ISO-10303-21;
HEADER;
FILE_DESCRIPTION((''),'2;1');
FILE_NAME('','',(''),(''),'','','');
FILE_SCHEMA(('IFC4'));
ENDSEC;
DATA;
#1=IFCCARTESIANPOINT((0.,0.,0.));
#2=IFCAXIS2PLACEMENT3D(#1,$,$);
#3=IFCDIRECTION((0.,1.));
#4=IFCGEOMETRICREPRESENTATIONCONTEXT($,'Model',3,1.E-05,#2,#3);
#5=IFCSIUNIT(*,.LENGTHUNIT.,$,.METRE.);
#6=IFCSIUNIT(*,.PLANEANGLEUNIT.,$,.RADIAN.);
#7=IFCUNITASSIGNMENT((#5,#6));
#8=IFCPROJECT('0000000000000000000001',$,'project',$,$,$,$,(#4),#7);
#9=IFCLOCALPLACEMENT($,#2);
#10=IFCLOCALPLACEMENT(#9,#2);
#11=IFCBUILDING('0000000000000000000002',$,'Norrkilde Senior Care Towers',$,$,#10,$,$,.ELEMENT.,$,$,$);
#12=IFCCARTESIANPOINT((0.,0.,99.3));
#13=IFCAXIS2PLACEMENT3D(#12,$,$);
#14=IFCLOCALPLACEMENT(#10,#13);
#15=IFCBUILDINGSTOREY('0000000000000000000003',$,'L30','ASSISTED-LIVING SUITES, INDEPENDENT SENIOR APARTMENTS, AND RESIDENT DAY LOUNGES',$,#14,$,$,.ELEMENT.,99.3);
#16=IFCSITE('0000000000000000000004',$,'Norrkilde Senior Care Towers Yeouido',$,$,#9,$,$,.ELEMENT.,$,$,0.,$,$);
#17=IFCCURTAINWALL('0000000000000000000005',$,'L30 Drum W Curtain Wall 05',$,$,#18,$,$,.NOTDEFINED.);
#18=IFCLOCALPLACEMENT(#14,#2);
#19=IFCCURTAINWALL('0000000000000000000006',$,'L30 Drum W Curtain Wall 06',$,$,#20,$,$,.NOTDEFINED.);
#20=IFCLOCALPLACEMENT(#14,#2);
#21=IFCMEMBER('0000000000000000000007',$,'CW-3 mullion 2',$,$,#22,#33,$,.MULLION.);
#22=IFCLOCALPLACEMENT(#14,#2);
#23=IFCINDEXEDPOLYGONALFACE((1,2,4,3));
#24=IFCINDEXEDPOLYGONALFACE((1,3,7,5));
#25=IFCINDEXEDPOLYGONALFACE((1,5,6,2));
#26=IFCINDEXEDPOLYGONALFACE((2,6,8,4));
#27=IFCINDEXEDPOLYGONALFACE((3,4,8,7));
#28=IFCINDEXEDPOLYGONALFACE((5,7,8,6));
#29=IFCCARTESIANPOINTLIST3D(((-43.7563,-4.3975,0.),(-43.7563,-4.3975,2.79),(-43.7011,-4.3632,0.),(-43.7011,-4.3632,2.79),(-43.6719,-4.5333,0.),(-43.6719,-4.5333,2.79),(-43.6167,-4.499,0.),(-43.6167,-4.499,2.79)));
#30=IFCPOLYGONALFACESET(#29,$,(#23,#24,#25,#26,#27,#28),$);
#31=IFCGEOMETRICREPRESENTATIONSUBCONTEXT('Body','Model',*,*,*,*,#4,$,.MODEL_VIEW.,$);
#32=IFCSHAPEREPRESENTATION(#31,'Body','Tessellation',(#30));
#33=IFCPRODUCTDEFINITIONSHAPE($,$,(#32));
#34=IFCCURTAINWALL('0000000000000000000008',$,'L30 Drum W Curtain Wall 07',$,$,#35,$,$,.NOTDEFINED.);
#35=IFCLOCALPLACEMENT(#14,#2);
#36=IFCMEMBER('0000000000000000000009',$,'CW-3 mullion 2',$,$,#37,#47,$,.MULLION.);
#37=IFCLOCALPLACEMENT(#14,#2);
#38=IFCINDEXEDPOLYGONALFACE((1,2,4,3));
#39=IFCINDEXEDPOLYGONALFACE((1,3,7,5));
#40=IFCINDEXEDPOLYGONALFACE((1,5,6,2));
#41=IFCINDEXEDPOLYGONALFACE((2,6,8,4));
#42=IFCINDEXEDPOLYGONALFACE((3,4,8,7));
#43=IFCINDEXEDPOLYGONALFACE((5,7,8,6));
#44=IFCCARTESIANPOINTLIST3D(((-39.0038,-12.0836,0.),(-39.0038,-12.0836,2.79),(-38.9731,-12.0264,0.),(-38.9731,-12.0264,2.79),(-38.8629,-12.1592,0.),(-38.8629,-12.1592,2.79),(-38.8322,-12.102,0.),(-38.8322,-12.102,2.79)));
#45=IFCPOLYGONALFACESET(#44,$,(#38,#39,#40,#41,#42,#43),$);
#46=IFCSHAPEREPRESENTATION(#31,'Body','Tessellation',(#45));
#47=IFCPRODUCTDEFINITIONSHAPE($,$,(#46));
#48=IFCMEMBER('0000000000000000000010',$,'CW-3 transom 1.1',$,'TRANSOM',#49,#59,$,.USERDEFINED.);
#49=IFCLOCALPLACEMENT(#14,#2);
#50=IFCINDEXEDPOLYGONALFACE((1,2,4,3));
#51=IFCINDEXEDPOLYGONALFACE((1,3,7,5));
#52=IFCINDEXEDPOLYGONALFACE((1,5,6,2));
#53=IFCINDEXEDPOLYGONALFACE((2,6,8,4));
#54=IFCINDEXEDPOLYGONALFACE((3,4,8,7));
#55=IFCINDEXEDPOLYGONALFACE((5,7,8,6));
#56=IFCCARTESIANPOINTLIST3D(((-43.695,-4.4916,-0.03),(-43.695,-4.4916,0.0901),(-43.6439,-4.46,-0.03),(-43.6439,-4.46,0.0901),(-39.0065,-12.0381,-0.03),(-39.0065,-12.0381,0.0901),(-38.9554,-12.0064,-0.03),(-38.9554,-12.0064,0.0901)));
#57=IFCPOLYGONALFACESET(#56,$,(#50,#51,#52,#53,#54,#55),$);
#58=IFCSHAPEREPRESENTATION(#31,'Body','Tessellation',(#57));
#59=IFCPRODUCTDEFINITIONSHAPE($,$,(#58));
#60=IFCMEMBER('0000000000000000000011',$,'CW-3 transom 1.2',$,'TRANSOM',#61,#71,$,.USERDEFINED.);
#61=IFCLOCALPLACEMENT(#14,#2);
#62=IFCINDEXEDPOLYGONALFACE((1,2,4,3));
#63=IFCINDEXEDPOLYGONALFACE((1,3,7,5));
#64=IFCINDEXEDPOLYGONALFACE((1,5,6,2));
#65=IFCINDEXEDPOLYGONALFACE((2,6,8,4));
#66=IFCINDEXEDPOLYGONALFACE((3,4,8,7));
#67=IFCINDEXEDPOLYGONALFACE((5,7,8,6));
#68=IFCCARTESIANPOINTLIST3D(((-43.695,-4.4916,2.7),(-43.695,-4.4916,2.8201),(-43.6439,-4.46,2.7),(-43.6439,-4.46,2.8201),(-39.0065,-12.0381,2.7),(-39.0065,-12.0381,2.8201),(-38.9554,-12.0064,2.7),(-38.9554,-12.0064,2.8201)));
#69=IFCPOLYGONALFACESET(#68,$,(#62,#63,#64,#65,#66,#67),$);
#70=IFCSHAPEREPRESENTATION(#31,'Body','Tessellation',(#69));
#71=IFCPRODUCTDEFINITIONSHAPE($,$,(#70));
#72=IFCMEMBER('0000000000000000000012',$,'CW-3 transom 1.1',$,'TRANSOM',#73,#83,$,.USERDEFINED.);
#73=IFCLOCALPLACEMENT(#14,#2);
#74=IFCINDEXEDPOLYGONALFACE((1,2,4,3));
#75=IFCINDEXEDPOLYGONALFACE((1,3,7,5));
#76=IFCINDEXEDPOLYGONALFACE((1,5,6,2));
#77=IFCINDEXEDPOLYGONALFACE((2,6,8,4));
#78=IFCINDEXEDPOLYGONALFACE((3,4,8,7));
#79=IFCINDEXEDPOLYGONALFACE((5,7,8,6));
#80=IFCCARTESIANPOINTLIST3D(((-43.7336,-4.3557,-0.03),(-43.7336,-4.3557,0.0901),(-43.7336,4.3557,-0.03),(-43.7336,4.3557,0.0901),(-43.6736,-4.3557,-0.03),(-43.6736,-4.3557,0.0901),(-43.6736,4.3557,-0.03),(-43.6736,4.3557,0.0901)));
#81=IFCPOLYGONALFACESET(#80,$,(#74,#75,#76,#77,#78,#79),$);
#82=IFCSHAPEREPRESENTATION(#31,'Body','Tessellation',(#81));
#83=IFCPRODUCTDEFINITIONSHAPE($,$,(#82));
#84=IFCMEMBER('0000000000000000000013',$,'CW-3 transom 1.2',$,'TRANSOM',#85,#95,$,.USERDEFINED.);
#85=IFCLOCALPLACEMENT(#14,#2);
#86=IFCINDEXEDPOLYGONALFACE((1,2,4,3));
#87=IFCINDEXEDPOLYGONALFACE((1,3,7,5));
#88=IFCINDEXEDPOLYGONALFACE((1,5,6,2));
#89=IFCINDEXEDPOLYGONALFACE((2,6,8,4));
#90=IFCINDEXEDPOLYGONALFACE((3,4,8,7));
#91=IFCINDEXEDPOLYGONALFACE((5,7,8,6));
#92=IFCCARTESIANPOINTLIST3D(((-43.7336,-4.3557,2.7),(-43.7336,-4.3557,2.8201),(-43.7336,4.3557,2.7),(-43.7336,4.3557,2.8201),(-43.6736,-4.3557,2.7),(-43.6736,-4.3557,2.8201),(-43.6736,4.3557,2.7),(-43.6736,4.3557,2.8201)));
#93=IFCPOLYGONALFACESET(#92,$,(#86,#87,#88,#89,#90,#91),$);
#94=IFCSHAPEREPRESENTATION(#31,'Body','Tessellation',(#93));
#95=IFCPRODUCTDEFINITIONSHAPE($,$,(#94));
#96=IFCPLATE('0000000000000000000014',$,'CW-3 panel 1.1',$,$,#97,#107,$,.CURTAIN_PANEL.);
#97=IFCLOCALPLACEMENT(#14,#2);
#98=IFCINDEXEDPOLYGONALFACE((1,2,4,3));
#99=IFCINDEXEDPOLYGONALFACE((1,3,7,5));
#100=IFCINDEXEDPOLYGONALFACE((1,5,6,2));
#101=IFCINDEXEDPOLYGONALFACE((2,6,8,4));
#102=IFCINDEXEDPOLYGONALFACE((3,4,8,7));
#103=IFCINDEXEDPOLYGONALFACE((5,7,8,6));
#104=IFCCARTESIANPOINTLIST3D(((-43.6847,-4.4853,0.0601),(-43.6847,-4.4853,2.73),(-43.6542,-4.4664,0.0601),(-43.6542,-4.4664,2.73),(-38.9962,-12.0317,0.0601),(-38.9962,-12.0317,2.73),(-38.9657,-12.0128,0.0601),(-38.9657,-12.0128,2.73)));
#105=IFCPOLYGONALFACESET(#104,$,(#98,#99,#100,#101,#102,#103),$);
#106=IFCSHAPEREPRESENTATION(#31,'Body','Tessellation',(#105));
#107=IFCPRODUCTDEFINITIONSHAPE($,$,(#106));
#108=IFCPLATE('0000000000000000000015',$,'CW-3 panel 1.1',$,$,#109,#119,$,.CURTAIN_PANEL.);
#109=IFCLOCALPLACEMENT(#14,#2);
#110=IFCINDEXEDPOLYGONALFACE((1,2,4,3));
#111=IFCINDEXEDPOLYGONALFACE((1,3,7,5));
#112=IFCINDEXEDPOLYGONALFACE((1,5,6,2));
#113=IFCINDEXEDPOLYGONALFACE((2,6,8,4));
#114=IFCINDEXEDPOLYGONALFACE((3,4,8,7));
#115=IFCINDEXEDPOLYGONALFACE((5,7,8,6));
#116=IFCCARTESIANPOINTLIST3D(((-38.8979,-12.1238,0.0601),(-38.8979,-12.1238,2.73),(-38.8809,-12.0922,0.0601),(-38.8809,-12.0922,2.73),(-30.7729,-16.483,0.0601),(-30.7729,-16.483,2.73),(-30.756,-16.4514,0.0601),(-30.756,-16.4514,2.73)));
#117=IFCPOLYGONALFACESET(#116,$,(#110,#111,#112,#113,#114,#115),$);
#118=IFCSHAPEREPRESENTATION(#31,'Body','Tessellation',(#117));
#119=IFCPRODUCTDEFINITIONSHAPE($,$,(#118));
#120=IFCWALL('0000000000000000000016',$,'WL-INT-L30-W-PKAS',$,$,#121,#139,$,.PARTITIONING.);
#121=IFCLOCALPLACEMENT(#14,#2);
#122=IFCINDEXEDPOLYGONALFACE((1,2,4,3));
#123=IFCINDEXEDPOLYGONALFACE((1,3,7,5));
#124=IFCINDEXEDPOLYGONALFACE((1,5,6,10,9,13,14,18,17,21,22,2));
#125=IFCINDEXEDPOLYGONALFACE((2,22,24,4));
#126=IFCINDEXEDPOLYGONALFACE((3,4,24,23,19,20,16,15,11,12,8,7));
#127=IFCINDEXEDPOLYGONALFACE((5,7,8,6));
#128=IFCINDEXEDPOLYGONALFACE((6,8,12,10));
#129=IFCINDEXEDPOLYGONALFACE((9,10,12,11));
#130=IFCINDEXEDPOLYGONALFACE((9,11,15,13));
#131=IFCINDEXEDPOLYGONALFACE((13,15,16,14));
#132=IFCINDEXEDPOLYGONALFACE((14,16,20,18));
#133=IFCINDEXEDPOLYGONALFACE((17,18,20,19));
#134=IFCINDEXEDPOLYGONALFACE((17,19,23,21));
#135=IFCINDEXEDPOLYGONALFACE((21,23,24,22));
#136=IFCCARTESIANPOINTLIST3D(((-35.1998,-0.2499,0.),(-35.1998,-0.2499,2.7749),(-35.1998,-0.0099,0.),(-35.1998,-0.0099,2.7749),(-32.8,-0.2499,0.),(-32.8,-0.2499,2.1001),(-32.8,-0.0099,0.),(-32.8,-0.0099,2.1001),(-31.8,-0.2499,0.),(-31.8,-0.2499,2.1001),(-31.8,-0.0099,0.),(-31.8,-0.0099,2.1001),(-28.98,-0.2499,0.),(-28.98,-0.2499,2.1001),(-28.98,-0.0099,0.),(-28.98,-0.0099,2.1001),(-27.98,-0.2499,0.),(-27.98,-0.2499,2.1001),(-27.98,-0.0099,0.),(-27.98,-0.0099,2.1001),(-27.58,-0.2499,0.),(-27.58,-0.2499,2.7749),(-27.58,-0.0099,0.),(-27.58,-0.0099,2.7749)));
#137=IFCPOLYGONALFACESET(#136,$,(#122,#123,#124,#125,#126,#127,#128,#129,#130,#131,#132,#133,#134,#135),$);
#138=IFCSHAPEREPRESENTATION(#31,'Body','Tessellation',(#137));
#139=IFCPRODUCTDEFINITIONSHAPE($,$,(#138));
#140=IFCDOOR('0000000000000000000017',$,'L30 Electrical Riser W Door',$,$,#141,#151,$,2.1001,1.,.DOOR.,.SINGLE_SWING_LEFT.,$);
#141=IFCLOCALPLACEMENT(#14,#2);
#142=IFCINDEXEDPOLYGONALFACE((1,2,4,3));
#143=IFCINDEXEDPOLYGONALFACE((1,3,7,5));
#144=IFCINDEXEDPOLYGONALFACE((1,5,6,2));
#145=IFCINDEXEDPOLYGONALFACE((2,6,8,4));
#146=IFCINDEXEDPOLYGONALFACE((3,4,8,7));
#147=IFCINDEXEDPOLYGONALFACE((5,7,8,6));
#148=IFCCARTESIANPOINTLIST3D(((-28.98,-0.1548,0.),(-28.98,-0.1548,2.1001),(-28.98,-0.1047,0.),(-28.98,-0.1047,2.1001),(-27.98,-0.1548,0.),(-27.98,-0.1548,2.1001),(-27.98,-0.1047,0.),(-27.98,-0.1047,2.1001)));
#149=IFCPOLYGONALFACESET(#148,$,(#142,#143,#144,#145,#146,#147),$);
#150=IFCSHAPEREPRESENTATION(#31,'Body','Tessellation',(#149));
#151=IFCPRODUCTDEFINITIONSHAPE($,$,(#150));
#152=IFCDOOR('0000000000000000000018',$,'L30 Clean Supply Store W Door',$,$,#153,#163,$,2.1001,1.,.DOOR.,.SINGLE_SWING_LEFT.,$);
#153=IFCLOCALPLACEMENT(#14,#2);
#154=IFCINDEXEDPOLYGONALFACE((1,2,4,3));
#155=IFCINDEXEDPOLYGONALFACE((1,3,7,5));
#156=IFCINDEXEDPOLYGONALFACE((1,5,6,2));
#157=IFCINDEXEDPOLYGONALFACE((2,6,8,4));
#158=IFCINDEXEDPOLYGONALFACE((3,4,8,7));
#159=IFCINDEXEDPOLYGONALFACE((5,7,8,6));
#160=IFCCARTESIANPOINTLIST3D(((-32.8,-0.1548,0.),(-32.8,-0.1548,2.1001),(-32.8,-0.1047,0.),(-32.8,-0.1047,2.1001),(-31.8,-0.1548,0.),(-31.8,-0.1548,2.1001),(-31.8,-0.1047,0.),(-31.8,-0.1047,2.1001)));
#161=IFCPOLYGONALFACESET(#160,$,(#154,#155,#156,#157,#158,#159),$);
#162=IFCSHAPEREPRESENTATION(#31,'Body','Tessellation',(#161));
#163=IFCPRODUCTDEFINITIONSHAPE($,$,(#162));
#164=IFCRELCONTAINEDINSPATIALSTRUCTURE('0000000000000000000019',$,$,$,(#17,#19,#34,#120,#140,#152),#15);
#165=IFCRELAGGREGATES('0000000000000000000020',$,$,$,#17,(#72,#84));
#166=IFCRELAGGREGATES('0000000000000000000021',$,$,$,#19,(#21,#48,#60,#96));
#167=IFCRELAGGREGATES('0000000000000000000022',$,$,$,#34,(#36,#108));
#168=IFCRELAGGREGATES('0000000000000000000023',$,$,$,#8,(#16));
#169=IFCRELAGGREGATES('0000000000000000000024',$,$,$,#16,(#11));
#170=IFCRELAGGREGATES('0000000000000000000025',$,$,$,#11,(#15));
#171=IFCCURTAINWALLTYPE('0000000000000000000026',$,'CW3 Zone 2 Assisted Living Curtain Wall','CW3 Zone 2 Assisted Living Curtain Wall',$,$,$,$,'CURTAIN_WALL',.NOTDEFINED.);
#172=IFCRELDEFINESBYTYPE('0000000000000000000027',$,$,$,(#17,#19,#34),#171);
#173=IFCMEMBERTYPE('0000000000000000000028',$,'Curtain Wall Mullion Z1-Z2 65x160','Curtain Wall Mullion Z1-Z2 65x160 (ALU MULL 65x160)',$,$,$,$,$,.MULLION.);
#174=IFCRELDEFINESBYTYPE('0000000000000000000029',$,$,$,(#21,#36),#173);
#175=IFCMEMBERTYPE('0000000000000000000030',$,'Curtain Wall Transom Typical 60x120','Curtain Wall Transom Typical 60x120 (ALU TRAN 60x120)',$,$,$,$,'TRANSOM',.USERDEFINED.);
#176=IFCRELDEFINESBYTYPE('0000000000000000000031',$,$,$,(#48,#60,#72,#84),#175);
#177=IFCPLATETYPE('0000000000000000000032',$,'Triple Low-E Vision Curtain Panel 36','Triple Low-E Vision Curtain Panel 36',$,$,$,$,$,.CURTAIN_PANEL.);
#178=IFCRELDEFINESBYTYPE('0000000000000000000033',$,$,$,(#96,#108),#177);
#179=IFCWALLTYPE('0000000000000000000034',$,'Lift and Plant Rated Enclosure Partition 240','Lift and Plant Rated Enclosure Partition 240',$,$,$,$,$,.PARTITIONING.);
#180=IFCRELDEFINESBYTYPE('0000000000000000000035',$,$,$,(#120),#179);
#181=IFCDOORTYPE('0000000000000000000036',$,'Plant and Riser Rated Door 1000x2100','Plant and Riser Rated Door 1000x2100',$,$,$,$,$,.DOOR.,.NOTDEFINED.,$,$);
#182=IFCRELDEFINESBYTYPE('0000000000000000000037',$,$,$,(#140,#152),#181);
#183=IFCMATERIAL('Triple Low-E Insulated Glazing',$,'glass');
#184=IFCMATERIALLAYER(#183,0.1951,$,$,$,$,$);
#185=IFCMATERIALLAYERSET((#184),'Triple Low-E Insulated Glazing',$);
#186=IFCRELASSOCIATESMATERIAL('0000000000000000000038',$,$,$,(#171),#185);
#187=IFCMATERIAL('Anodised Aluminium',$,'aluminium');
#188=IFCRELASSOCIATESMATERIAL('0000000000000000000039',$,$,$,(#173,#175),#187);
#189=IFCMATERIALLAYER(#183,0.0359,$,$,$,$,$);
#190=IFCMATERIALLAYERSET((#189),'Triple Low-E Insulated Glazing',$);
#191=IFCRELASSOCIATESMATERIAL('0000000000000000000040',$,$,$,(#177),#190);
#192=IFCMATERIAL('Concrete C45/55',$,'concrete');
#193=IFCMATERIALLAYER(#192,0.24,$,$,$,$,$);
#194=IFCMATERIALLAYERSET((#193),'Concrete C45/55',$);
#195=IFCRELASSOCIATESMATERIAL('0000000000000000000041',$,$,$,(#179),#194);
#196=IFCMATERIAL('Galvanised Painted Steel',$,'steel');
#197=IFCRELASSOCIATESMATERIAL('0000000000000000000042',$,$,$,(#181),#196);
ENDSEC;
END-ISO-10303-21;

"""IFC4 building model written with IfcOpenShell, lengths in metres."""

from ifc_helpers import new_model, si_unit, direction, frame, frame_2d, origin, origin_2d, place, context, subcontext, project, spatial, rectangle, extrude, source, transform, mapped, material, layer, layer_set, material_profile, profile_set, type_object, type_shapes, element, fill, aggregate, save


model = new_model("IFC4")

# Units and contexts
model_context = context("Model", 3, precision=1e-05, world=origin(), true_north=direction((0.0, 1.0)))
body_context = subcontext(model_context, "Body", "Model", "MODEL_VIEW")
ifc_project = project(units=[si_unit("LENGTHUNIT", "METRE"), si_unit("PLANEANGLEUNIT", "RADIAN")], contexts=[model_context])

# Site, building, storey
site_placement = place(None, origin())
site = spatial("IfcSite", under=ifc_project, at=site_placement, Name="Norrkilde Senior Care Towers Yeouido", CompositionType="ELEMENT", RefElevation=0.0)
building_placement = place(site_placement, origin())
building = spatial("IfcBuilding", under=site, at=building_placement, Name="Norrkilde Senior Care Towers", CompositionType="ELEMENT")
storey_placement = place(building_placement, frame((0.0, 0.0, 99.3)))
storey = spatial("IfcBuildingStorey", under=building, at=storey_placement, Name="L30", Description="ASSISTED-LIVING SUITES, INDEPENDENT SENIOR APARTMENTS, AND RESIDENT DAY LOUNGES", CompositionType="ELEMENT", Elevation=99.3)

# Curtain wall
ifc_material_1 = material(Name="Triple Low-E Insulated Glazing", Category="glass")
ifc_layer_1 = layer(ifc_material_1, 0.1951)
ifc_layer_set_1 = layer_set([ifc_layer_1], Name="Triple Low-E Insulated Glazing")
curtain_wall_type = type_object("IfcCurtainWallType", Name="CW3 Zone 2 Assisted Living Curtain Wall", Description="CW3 Zone 2 Assisted Living Curtain Wall", ElementType="CURTAIN_WALL", PredefinedType="NOTDEFINED", material=ifc_layer_set_1)
curtain_wall_1_placement = place(storey_placement, origin())
curtain_wall_1 = element("IfcCurtainWall", 1, at=curtain_wall_1_placement, inside=storey, type_object=curtain_wall_type, Name="L30 Drum W Curtain Wall 05", PredefinedType="NOTDEFINED")
ifc_material_2 = material(Name="Anodised Aluminium", Category="aluminium")
ifc_material_profile_1 = material_profile(ifc_material_2, rectangle(XDim=0.0649, YDim=0.1599, at=origin_2d()), Name="ALU MULL 65x160")
ifc_profile_set_1 = profile_set([ifc_material_profile_1], Name="Anodised Aluminium")
member_type_1 = type_object("IfcMemberType", Name="Curtain Wall Mullion Z1-Z2 65x160", Description="Curtain Wall Mullion Z1-Z2 65x160 (ALU MULL 65x160)", PredefinedType="MULLION", material=ifc_profile_set_1)
shared_shape_1 = source(origin(), body_context, "Body", "SweptSolid", [
    extrude(rectangle(XDim=0.0649, YDim=0.1599, at=origin_2d()), origin(), (0.0, 0.0, 1.0), 2.79),
])
type_shapes(member_type_1, [shared_shape_1])

# Curtain wall, member
curtain_wall_2_placement = place(storey_placement, origin())
curtain_wall_2 = element("IfcCurtainWall", 2, at=curtain_wall_2_placement, inside=storey, type_object=curtain_wall_type, Name="L30 Drum W Curtain Wall 06", PredefinedType="NOTDEFINED")
member_1_placement = place(storey_placement, frame((-43.6865, -4.4482, 0.0), z_axis=(0.0, 0.0, 1.0), x_axis=(-0.84941, -0.527733, 0.0)))
member_1 = element("IfcMember", 3, at=member_1_placement, type_object=member_type_1, Name="CW-3 mullion 2", PredefinedType="MULLION", context=body_context, shape_type="MappedRepresentation", body=[
    mapped(shared_shape_1, transform((0.0, 0.0, 0.0), x_axis=(1.0, 0.0, 0.0), y_axis=(0.0, 1.0, 0.0), z_axis=(0.0, 0.0, 1.0), scale=1.0)),
])

# Curtain wall, member
curtain_wall_3_placement = place(storey_placement, origin())
curtain_wall_3 = element("IfcCurtainWall", 4, at=curtain_wall_3_placement, inside=storey, type_object=curtain_wall_type, Name="L30 Drum W Curtain Wall 07", PredefinedType="NOTDEFINED")
member_2_placement = place(storey_placement, frame((-38.918, -12.0928, 0.0), z_axis=(0.0, 0.0, 1.0), x_axis=(-0.472769, -0.881186, 0.0)))
member_2 = element("IfcMember", 5, at=member_2_placement, type_object=member_type_1, Name="CW-3 mullion 2", PredefinedType="MULLION", context=body_context, shape_type="MappedRepresentation", body=[
    mapped(shared_shape_1, transform((0.0, 0.0, 0.0), x_axis=(1.0, 0.0, 0.0), y_axis=(0.0, 1.0, 0.0), z_axis=(0.0, 0.0, 1.0), scale=1.0)),
])

# Members
ifc_material_profile_2 = material_profile(ifc_material_2, rectangle(XDim=0.0601, YDim=0.1201, at=origin_2d()), Name="ALU TRAN 60x120")
ifc_profile_set_2 = profile_set([ifc_material_profile_2], Name="Anodised Aluminium")
member_type_2 = type_object("IfcMemberType", Name="Curtain Wall Transom Typical 60x120", Description="Curtain Wall Transom Typical 60x120 (ALU TRAN 60x120)", ElementType="TRANSOM", PredefinedType="USERDEFINED", material=ifc_profile_set_2)
shared_shape_2 = source(origin(), body_context, "Body", "SweptSolid", [
    extrude(rectangle(XDim=0.0601, YDim=0.1201, at=origin_2d()), origin(), (0.0, 0.0, 1.0), 8.8843),
])
member_3_placement = place(storey_placement, frame((-38.981, -12.0222, 0.03), z_axis=(-0.527729, 0.849413, 0.0), x_axis=(-0.849413, -0.527729, 0.0)))
member_3 = element("IfcMember", 6, at=member_3_placement, type_object=member_type_2, Name="CW-3 transom 1.1", ObjectType="TRANSOM", PredefinedType="USERDEFINED", context=body_context, shape_type="MappedRepresentation", body=[
    mapped(shared_shape_2, transform((0.0, 0.0, 0.0), x_axis=(1.0, 0.0, 0.0), y_axis=(0.0, 1.0, 0.0), z_axis=(0.0, 0.0, 1.0), scale=1.0)),
])
member_4_placement = place(storey_placement, frame((-38.981, -12.0222, 2.76), z_axis=(-0.527729, 0.849413, 0.0), x_axis=(-0.849413, -0.527729, 0.0)))
member_4 = element("IfcMember", 7, at=member_4_placement, type_object=member_type_2, Name="CW-3 transom 1.2", ObjectType="TRANSOM", PredefinedType="USERDEFINED", context=body_context, shape_type="MappedRepresentation", body=[
    mapped(shared_shape_2, transform((0.0, 0.0, 0.0), x_axis=(1.0, 0.0, 0.0), y_axis=(0.0, 1.0, 0.0), z_axis=(0.0, 0.0, 1.0), scale=1.0)),
])
shared_shape_3 = source(origin(), body_context, "Body", "SweptSolid", [
    extrude(rectangle(XDim=0.0601, YDim=0.1201, at=origin_2d()), origin(), (0.0, 0.0, 1.0), 8.7114),
])
type_shapes(member_type_2, [shared_shape_2, shared_shape_3])
member_5_placement = place(storey_placement, frame((-43.7036, -4.3557, 0.03), z_axis=(0.0, 1.0, 0.0), x_axis=(-1.0, 0.0, 0.0)))
member_5 = element("IfcMember", 8, at=member_5_placement, type_object=member_type_2, Name="CW-3 transom 1.1", ObjectType="TRANSOM", PredefinedType="USERDEFINED", context=body_context, shape_type="MappedRepresentation", body=[
    mapped(shared_shape_3, transform((0.0, 0.0, 0.0), x_axis=(1.0, 0.0, 0.0), y_axis=(0.0, 1.0, 0.0), z_axis=(0.0, 0.0, 1.0), scale=1.0)),
])
member_6_placement = place(storey_placement, frame((-43.7036, -4.3557, 2.76), z_axis=(0.0, 1.0, 0.0), x_axis=(-1.0, 0.0, 0.0)))
member_6 = element("IfcMember", 9, at=member_6_placement, type_object=member_type_2, Name="CW-3 transom 1.2", ObjectType="TRANSOM", PredefinedType="USERDEFINED", context=body_context, shape_type="MappedRepresentation", body=[
    mapped(shared_shape_3, transform((0.0, 0.0, 0.0), x_axis=(1.0, 0.0, 0.0), y_axis=(0.0, 1.0, 0.0), z_axis=(0.0, 0.0, 1.0), scale=1.0)),
])
aggregate(curtain_wall_1, [member_5, member_6])

# Plates
ifc_layer_2 = layer(ifc_material_1, 0.0359)
ifc_layer_set_2 = layer_set([ifc_layer_2], Name="Triple Low-E Insulated Glazing")
plate_type = type_object("IfcPlateType", Name="Triple Low-E Vision Curtain Panel 36", Description="Triple Low-E Vision Curtain Panel 36", PredefinedType="CURTAIN_PANEL", material=ifc_layer_set_2)
shared_shape_4 = source(origin(), body_context, "Body", "SweptSolid", [
    extrude(rectangle(XDim=8.8843, YDim=0.0359, at=origin_2d()), origin(), (0.0, 0.0, 1.0), 2.6699),
])
plate_1_placement = place(storey_placement, frame((-41.3252, -8.249, 0.0601), z_axis=(0.0, 0.0, 1.0), x_axis=(-0.527733, 0.84941, 0.0)))
plate_1 = element("IfcPlate", 10, at=plate_1_placement, type_object=plate_type, Name="CW-3 panel 1.1", PredefinedType="CURTAIN_PANEL", context=body_context, shape_type="MappedRepresentation", body=[
    mapped(shared_shape_4, transform((0.0, 0.0, 0.0), x_axis=(1.0, 0.0, 0.0), y_axis=(0.0, 1.0, 0.0), z_axis=(0.0, 0.0, 1.0), scale=1.0)),
])
aggregate(curtain_wall_2, [member_1, member_3, member_4, plate_1])
shared_shape_5 = source(origin(), body_context, "Body", "SweptSolid", [
    extrude(rectangle(XDim=9.2205, YDim=0.0359, at=origin_2d()), origin(), (0.0, 0.0, 1.0), 2.6699),
])
type_shapes(plate_type, [shared_shape_4, shared_shape_5])
plate_2_placement = place(storey_placement, frame((-34.8269, -14.2876, 0.0601), z_axis=(0.0, 0.0, 1.0), x_axis=(-0.881186, 0.472769, 0.0)))
plate_2 = element("IfcPlate", 11, at=plate_2_placement, type_object=plate_type, Name="CW-3 panel 1.1", PredefinedType="CURTAIN_PANEL", context=body_context, shape_type="MappedRepresentation", body=[
    mapped(shared_shape_5, transform((0.0, 0.0, 0.0), x_axis=(1.0, 0.0, 0.0), y_axis=(0.0, 1.0, 0.0), z_axis=(0.0, 0.0, 1.0), scale=1.0)),
])
aggregate(curtain_wall_3, [member_2, plate_2])

# Shared definitions
ifc_material_3 = material(Name="Galvanised Painted Steel", Category="steel")

# Wall, openings, doors
ifc_material_4 = material(Name="Concrete C45/55", Category="concrete")
ifc_layer_3 = layer(ifc_material_4, 0.24)
ifc_layer_set_3 = layer_set([ifc_layer_3], Name="Concrete C45/55")
wall_type_1 = type_object("IfcWallType", Name="Lift and Plant Rated Enclosure Partition 240", Description="Lift and Plant Rated Enclosure Partition 240", PredefinedType="PARTITIONING", material=ifc_layer_set_3)
shared_shape_6 = source(origin(), body_context, "Body", "SweptSolid", [
    extrude(rectangle(XDim=7.6199, YDim=0.24, at=frame_2d((3.8101, 0.0))), origin(), (0.0, 0.0, 1.0), 2.7749),
])
type_shapes(wall_type_1, [shared_shape_6])
wall_1_placement = place(storey_placement, frame((-35.2, -0.1299, 0.0), z_axis=(0.0, 0.0, 1.0), x_axis=(1.0, 0.0, 0.0)))
wall_1 = element("IfcWall", 12, at=wall_1_placement, inside=storey, type_object=wall_type_1, Name="WL-INT-L30-W-PKAS", PredefinedType="PARTITIONING", context=body_context, shape_type="MappedRepresentation", body=[
    mapped(shared_shape_6, transform((0.0, 0.0, 0.0), x_axis=(1.0, 0.0, 0.0), y_axis=(0.0, 1.0, 0.0), z_axis=(0.0, 0.0, 1.0), scale=1.0)),
])
opening_1_placement = place(wall_1_placement, frame((6.22, 0.0, 0.0)))
opening_1 = element("IfcOpeningElement", 13, at=opening_1_placement, cuts=wall_1, PredefinedType="OPENING", context=body_context, shape_type="SweptSolid", body=[
    extrude(rectangle(XDim=1.0, YDim=2.1001, at=frame_2d((0.5, 1.05))), frame((0.0, 0.1299, 0.0), z_axis=(0.0, -1.0, 0.0), x_axis=(1.0, 0.0, 0.0)), (0.0, 0.0, 1.0), 0.26),
])
opening_2_placement = place(wall_1_placement, frame((2.3999, 0.0, 0.0)))
opening_2 = element("IfcOpeningElement", 14, at=opening_2_placement, cuts=wall_1, PredefinedType="OPENING", context=body_context, shape_type="SweptSolid", body=[
    extrude(rectangle(XDim=1.0, YDim=2.1001, at=frame_2d((0.5, 1.05))), frame((0.0, 0.1299, 0.0), z_axis=(0.0, -1.0, 0.0), x_axis=(1.0, 0.0, 0.0)), (0.0, 0.0, 1.0), 0.26),
])
door_type_1 = type_object("IfcDoorType", Name="Plant and Riser Rated Door 1000x2100", Description="Plant and Riser Rated Door 1000x2100", OperationType="NOTDEFINED", PredefinedType="DOOR", material=ifc_material_3)
shared_shape_7 = source(origin(), body_context, "Body", "SweptSolid", [
    extrude(rectangle(XDim=1.0, YDim=2.1001, at=frame_2d((0.5, 1.05))), frame((0.0, 0.0249, 0.0), z_axis=(0.0, -1.0, 0.0), x_axis=(1.0, 0.0, 0.0)), (0.0, 0.0, 1.0), 0.05),
])
type_shapes(door_type_1, [shared_shape_7])
door_1_placement = place(opening_1_placement, frame((1.0, 0.0, 0.0), z_axis=(0.0, 0.0, 1.0), x_axis=(-1.0, 0.0, 0.0)))
door_1 = element("IfcDoor", 15, at=door_1_placement, inside=storey, type_object=door_type_1, Name="L30 Electrical Riser W Door", OperationType="SINGLE_SWING_LEFT", OverallHeight=2.1001, OverallWidth=1.0, PredefinedType="DOOR", context=body_context, shape_type="MappedRepresentation", body=[
    mapped(shared_shape_7, transform((0.0, 0.0, 0.0), x_axis=(1.0, 0.0, 0.0), y_axis=(0.0, 1.0, 0.0), z_axis=(0.0, 0.0, 1.0), scale=1.0)),
])
fill(opening_1, door_1)
door_2_placement = place(opening_2_placement, frame((1.0, 0.0, 0.0), z_axis=(0.0, 0.0, 1.0), x_axis=(-1.0, 0.0, 0.0)))
door_2 = element("IfcDoor", 16, at=door_2_placement, inside=storey, type_object=door_type_1, Name="L30 Clean Supply Store W Door", OperationType="SINGLE_SWING_LEFT", OverallHeight=2.1001, OverallWidth=1.0, PredefinedType="DOOR", context=body_context, shape_type="MappedRepresentation", body=[
    mapped(shared_shape_7, transform((0.0, 0.0, 0.0), x_axis=(1.0, 0.0, 0.0), y_axis=(0.0, 1.0, 0.0), z_axis=(0.0, 0.0, 1.0), scale=1.0)),
])
fill(opening_2, door_2)

save(model, "model.ifc")
